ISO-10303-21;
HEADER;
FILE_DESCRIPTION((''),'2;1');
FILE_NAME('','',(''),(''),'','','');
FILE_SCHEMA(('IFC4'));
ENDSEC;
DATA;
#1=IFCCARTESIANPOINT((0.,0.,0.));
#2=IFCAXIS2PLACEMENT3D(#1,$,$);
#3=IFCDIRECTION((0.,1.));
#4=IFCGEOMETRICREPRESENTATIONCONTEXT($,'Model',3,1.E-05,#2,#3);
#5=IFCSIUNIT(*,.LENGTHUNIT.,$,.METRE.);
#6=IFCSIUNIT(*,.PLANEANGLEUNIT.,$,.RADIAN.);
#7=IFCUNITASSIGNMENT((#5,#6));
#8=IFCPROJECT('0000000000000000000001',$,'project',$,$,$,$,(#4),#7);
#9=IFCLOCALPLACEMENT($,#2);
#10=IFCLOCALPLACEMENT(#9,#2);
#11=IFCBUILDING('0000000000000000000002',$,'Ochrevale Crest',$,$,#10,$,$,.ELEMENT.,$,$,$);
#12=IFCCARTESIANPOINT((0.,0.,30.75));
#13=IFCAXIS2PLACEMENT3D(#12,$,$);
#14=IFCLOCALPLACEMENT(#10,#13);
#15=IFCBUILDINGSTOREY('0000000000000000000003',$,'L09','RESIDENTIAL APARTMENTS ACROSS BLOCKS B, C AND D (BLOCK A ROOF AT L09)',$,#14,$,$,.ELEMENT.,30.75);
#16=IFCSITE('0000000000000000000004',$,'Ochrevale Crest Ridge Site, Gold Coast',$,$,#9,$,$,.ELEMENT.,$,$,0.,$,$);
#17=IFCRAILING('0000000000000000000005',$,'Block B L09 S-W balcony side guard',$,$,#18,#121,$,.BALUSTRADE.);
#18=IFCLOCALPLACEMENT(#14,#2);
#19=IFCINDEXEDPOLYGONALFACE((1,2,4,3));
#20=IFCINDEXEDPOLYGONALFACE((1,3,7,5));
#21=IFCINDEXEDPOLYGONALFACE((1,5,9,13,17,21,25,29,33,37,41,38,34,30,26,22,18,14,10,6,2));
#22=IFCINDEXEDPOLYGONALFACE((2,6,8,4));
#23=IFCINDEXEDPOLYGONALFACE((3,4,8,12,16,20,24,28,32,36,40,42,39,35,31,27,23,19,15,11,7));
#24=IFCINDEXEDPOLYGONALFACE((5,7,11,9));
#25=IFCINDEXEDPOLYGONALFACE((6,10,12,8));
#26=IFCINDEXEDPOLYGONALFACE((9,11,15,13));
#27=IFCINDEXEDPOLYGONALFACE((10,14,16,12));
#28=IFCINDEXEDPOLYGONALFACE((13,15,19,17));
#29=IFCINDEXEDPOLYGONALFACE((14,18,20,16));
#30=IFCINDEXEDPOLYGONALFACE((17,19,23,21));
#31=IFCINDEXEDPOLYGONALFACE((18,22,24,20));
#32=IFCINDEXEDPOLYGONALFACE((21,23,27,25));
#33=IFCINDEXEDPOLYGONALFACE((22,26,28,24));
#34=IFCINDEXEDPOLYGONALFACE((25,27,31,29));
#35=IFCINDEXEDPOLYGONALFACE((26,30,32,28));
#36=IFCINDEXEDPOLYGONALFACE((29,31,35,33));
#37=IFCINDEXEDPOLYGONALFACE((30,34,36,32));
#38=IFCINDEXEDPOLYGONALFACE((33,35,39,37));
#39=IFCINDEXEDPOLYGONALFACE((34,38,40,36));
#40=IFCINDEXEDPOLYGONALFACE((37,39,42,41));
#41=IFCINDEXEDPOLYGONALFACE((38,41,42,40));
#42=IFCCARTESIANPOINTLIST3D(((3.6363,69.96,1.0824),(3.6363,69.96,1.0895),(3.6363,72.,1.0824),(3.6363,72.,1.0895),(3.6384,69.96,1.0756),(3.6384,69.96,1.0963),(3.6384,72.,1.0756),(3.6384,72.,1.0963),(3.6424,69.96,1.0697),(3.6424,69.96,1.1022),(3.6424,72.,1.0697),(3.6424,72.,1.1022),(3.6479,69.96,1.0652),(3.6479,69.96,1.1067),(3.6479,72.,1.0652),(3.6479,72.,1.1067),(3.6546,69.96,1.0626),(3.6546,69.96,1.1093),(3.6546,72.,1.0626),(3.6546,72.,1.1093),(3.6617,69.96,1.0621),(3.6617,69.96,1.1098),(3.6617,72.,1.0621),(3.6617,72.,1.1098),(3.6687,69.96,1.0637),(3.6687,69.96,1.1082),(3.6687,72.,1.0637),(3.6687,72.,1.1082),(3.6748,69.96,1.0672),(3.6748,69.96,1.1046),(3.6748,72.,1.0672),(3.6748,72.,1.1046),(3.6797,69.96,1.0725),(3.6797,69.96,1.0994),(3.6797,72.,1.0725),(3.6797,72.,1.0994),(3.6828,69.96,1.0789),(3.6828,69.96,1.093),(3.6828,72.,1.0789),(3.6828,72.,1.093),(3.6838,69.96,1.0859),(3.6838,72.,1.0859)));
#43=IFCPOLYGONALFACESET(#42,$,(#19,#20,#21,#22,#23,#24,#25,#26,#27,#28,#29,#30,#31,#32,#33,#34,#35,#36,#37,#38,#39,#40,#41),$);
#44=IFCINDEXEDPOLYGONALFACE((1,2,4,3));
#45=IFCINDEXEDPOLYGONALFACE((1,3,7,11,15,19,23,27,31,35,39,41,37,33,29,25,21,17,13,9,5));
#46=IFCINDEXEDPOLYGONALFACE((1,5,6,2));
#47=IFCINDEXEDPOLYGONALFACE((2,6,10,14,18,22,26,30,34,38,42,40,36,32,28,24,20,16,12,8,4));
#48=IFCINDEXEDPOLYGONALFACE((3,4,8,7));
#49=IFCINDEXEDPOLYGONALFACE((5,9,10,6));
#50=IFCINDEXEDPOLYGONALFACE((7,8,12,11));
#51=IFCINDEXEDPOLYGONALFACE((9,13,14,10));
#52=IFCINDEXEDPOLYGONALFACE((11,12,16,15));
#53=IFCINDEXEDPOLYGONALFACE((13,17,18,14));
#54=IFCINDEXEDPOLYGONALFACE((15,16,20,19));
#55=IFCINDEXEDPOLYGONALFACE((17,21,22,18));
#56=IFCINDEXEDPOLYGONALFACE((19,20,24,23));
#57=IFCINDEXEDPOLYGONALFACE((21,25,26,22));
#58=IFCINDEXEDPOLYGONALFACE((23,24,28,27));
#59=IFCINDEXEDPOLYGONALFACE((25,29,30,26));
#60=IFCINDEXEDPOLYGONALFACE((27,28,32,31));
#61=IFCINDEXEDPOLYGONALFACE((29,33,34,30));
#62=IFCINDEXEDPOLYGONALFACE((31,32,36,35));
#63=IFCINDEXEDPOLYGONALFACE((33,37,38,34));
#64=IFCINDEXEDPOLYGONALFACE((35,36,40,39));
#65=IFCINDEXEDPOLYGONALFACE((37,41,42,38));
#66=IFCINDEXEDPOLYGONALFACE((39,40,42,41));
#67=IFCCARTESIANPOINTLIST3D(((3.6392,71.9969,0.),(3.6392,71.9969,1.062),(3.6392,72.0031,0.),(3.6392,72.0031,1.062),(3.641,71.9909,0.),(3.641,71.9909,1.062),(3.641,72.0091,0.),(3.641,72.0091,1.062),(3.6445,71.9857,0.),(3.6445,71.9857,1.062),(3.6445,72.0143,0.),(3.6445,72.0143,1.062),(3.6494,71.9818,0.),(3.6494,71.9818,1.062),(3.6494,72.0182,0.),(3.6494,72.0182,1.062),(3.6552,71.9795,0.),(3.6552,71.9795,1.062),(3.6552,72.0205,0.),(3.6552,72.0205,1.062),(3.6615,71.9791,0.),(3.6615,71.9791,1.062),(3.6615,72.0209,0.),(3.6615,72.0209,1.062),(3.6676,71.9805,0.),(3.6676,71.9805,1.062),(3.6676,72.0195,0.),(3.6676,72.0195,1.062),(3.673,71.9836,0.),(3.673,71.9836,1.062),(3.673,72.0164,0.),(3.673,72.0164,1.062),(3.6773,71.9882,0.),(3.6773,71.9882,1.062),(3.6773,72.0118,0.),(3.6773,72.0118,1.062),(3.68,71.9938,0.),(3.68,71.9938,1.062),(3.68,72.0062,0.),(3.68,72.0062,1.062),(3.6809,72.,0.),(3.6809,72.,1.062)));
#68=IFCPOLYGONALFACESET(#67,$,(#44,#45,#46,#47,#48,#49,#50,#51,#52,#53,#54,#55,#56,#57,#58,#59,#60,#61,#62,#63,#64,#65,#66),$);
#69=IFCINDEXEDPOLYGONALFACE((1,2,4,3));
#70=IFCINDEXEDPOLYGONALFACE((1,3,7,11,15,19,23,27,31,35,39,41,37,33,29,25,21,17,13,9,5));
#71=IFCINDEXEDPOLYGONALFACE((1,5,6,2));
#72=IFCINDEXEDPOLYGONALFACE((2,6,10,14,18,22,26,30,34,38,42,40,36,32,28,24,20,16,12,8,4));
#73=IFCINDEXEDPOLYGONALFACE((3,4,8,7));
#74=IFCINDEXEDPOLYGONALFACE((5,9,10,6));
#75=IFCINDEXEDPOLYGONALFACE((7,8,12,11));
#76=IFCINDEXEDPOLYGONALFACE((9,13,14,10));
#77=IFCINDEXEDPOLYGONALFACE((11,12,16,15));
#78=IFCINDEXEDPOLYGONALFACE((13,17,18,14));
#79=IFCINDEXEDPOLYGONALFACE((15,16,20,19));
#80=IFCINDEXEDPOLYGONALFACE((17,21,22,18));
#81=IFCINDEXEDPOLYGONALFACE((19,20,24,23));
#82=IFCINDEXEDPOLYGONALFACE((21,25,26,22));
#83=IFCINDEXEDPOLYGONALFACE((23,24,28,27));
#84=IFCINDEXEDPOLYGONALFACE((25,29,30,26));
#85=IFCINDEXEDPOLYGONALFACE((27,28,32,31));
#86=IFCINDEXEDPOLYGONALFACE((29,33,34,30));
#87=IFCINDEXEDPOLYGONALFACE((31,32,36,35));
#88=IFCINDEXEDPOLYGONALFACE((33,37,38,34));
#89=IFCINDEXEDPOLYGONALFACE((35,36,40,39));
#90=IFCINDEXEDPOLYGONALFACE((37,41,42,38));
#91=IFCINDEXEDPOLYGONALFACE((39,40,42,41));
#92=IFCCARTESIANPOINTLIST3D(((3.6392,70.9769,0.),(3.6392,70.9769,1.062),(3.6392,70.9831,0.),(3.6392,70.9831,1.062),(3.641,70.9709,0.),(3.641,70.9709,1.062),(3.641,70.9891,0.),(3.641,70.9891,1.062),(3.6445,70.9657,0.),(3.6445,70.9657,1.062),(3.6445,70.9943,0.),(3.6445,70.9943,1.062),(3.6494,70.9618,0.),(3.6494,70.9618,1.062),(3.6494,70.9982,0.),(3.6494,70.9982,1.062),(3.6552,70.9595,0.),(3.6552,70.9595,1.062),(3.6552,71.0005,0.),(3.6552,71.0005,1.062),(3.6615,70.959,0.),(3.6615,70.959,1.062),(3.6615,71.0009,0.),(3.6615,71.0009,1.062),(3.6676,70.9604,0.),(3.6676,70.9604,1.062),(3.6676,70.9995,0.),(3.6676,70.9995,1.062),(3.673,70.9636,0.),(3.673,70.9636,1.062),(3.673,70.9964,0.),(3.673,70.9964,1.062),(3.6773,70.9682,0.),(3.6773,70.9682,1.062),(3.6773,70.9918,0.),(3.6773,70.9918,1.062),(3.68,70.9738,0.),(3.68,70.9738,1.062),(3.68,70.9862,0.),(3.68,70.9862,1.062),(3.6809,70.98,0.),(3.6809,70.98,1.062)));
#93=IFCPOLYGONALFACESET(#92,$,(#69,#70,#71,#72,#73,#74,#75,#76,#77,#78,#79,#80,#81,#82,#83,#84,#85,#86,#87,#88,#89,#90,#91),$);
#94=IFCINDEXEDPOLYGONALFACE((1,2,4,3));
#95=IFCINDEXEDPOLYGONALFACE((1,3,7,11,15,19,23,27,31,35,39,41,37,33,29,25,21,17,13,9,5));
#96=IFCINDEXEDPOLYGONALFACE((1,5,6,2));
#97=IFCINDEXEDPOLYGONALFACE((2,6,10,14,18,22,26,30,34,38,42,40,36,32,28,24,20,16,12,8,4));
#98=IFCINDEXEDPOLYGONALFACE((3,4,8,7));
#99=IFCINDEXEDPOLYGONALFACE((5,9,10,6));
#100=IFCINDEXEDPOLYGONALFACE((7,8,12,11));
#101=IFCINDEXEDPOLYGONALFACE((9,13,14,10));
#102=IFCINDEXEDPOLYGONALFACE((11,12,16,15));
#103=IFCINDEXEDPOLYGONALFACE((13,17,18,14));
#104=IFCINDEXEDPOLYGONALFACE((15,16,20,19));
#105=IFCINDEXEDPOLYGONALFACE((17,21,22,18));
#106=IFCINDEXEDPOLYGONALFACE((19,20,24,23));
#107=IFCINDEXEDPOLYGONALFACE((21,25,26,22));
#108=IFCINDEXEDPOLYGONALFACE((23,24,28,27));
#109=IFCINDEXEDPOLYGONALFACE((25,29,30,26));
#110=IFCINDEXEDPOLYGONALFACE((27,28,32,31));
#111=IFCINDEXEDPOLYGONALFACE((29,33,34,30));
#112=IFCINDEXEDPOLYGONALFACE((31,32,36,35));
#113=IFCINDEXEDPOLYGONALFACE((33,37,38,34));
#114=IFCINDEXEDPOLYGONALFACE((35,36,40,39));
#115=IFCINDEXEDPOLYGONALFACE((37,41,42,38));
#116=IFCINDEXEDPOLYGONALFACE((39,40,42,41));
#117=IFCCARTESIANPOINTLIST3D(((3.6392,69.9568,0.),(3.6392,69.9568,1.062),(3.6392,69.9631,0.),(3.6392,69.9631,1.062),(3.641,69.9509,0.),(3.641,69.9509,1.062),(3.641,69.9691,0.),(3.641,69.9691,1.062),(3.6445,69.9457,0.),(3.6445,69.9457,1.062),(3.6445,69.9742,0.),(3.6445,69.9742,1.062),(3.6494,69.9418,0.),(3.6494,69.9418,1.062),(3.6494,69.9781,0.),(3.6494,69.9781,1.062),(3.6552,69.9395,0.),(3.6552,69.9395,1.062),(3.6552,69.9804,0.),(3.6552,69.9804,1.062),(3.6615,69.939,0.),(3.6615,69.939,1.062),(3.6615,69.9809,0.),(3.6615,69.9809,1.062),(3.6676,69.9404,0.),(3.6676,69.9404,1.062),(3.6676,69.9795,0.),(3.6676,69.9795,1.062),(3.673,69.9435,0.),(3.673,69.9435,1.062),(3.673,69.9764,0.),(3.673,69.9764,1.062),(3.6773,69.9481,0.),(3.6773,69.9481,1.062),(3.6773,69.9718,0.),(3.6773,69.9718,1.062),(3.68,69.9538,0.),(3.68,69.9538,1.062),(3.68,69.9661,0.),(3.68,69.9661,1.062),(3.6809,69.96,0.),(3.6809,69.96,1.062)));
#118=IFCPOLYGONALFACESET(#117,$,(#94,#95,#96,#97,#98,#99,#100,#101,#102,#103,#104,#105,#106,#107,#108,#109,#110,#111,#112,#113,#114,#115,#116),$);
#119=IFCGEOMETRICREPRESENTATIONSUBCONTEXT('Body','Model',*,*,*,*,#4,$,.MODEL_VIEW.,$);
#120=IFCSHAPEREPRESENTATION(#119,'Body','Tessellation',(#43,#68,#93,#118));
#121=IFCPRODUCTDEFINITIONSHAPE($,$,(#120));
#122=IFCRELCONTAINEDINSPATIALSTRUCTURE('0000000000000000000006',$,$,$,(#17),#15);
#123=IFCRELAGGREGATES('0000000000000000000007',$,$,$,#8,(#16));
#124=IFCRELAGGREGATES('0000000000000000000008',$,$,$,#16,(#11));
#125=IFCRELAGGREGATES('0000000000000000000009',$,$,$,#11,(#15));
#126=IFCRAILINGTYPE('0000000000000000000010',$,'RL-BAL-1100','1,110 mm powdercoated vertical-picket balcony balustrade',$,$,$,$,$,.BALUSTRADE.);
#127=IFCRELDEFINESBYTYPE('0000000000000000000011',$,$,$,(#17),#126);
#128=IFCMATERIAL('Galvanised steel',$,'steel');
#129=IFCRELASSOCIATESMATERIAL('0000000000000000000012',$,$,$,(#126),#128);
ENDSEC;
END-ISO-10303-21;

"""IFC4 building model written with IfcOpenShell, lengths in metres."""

from ifc_helpers import new_model, si_unit, direction, frame, origin, origin_2d, place, context, subcontext, project, spatial, circle, extrude, material, type_object, element, save


model = new_model("IFC4")

# Units and contexts
model_context = context("Model", 3, precision=1e-05, world=origin(), true_north=direction((0.0, 1.0)))
body_context = subcontext(model_context, "Body", "Model", "MODEL_VIEW")
ifc_project = project(units=[si_unit("LENGTHUNIT", "METRE"), si_unit("PLANEANGLEUNIT", "RADIAN")], contexts=[model_context])

# Site, building, storey
site_placement = place(None, origin())
site = spatial("IfcSite", under=ifc_project, at=site_placement, Name="Ochrevale Crest Ridge Site, Gold Coast", CompositionType="ELEMENT", RefElevation=0.0)
building_placement = place(site_placement, origin())
building = spatial("IfcBuilding", under=site, at=building_placement, Name="Ochrevale Crest", CompositionType="ELEMENT")
storey_placement = place(building_placement, frame((0.0, 0.0, 30.75)))
storey = spatial("IfcBuildingStorey", under=building, at=storey_placement, Name="L09", Description="RESIDENTIAL APARTMENTS ACROSS BLOCKS B, C AND D (BLOCK A ROOF AT L09)", CompositionType="ELEMENT", Elevation=30.75)

# Railing
ifc_material_1 = material(Name="Galvanised steel", Category="steel")
railing_type = type_object("IfcRailingType", Name="RL-BAL-1100", Description="1,110 mm powdercoated vertical-picket balcony balustrade", PredefinedType="BALUSTRADE", material=ifc_material_1)
railing_placement = place(storey_placement, frame((3.6599, 72.0, 0.0)))
element("IfcRailing", 1, at=railing_placement, inside=storey, type_object=railing_type, Name="Block B L09 S-W balcony side guard", PredefinedType="BALUSTRADE", context=body_context, shape_type="SweptSolid", body=[
    extrude(circle(Radius=0.0239, at=origin_2d()), frame((0.0, 0.0, 1.0859), z_axis=(0.0, -1.0, 0.0), x_axis=(1.0, 0.0, 0.0)), (0.0, 0.0, 1.0), 2.04),
    extrude(circle(Radius=0.021, at=origin_2d()), origin(), (0.0, 0.0, 1.0), 1.062),
    extrude(circle(Radius=0.021, at=origin_2d()), frame((0.0, -1.02, 0.0)), (0.0, 0.0, 1.0), 1.062),
    extrude(circle(Radius=0.021, at=origin_2d()), frame((0.0, -2.04, 0.0)), (0.0, 0.0, 1.0), 1.062),
])

save(model, "model.ifc")
